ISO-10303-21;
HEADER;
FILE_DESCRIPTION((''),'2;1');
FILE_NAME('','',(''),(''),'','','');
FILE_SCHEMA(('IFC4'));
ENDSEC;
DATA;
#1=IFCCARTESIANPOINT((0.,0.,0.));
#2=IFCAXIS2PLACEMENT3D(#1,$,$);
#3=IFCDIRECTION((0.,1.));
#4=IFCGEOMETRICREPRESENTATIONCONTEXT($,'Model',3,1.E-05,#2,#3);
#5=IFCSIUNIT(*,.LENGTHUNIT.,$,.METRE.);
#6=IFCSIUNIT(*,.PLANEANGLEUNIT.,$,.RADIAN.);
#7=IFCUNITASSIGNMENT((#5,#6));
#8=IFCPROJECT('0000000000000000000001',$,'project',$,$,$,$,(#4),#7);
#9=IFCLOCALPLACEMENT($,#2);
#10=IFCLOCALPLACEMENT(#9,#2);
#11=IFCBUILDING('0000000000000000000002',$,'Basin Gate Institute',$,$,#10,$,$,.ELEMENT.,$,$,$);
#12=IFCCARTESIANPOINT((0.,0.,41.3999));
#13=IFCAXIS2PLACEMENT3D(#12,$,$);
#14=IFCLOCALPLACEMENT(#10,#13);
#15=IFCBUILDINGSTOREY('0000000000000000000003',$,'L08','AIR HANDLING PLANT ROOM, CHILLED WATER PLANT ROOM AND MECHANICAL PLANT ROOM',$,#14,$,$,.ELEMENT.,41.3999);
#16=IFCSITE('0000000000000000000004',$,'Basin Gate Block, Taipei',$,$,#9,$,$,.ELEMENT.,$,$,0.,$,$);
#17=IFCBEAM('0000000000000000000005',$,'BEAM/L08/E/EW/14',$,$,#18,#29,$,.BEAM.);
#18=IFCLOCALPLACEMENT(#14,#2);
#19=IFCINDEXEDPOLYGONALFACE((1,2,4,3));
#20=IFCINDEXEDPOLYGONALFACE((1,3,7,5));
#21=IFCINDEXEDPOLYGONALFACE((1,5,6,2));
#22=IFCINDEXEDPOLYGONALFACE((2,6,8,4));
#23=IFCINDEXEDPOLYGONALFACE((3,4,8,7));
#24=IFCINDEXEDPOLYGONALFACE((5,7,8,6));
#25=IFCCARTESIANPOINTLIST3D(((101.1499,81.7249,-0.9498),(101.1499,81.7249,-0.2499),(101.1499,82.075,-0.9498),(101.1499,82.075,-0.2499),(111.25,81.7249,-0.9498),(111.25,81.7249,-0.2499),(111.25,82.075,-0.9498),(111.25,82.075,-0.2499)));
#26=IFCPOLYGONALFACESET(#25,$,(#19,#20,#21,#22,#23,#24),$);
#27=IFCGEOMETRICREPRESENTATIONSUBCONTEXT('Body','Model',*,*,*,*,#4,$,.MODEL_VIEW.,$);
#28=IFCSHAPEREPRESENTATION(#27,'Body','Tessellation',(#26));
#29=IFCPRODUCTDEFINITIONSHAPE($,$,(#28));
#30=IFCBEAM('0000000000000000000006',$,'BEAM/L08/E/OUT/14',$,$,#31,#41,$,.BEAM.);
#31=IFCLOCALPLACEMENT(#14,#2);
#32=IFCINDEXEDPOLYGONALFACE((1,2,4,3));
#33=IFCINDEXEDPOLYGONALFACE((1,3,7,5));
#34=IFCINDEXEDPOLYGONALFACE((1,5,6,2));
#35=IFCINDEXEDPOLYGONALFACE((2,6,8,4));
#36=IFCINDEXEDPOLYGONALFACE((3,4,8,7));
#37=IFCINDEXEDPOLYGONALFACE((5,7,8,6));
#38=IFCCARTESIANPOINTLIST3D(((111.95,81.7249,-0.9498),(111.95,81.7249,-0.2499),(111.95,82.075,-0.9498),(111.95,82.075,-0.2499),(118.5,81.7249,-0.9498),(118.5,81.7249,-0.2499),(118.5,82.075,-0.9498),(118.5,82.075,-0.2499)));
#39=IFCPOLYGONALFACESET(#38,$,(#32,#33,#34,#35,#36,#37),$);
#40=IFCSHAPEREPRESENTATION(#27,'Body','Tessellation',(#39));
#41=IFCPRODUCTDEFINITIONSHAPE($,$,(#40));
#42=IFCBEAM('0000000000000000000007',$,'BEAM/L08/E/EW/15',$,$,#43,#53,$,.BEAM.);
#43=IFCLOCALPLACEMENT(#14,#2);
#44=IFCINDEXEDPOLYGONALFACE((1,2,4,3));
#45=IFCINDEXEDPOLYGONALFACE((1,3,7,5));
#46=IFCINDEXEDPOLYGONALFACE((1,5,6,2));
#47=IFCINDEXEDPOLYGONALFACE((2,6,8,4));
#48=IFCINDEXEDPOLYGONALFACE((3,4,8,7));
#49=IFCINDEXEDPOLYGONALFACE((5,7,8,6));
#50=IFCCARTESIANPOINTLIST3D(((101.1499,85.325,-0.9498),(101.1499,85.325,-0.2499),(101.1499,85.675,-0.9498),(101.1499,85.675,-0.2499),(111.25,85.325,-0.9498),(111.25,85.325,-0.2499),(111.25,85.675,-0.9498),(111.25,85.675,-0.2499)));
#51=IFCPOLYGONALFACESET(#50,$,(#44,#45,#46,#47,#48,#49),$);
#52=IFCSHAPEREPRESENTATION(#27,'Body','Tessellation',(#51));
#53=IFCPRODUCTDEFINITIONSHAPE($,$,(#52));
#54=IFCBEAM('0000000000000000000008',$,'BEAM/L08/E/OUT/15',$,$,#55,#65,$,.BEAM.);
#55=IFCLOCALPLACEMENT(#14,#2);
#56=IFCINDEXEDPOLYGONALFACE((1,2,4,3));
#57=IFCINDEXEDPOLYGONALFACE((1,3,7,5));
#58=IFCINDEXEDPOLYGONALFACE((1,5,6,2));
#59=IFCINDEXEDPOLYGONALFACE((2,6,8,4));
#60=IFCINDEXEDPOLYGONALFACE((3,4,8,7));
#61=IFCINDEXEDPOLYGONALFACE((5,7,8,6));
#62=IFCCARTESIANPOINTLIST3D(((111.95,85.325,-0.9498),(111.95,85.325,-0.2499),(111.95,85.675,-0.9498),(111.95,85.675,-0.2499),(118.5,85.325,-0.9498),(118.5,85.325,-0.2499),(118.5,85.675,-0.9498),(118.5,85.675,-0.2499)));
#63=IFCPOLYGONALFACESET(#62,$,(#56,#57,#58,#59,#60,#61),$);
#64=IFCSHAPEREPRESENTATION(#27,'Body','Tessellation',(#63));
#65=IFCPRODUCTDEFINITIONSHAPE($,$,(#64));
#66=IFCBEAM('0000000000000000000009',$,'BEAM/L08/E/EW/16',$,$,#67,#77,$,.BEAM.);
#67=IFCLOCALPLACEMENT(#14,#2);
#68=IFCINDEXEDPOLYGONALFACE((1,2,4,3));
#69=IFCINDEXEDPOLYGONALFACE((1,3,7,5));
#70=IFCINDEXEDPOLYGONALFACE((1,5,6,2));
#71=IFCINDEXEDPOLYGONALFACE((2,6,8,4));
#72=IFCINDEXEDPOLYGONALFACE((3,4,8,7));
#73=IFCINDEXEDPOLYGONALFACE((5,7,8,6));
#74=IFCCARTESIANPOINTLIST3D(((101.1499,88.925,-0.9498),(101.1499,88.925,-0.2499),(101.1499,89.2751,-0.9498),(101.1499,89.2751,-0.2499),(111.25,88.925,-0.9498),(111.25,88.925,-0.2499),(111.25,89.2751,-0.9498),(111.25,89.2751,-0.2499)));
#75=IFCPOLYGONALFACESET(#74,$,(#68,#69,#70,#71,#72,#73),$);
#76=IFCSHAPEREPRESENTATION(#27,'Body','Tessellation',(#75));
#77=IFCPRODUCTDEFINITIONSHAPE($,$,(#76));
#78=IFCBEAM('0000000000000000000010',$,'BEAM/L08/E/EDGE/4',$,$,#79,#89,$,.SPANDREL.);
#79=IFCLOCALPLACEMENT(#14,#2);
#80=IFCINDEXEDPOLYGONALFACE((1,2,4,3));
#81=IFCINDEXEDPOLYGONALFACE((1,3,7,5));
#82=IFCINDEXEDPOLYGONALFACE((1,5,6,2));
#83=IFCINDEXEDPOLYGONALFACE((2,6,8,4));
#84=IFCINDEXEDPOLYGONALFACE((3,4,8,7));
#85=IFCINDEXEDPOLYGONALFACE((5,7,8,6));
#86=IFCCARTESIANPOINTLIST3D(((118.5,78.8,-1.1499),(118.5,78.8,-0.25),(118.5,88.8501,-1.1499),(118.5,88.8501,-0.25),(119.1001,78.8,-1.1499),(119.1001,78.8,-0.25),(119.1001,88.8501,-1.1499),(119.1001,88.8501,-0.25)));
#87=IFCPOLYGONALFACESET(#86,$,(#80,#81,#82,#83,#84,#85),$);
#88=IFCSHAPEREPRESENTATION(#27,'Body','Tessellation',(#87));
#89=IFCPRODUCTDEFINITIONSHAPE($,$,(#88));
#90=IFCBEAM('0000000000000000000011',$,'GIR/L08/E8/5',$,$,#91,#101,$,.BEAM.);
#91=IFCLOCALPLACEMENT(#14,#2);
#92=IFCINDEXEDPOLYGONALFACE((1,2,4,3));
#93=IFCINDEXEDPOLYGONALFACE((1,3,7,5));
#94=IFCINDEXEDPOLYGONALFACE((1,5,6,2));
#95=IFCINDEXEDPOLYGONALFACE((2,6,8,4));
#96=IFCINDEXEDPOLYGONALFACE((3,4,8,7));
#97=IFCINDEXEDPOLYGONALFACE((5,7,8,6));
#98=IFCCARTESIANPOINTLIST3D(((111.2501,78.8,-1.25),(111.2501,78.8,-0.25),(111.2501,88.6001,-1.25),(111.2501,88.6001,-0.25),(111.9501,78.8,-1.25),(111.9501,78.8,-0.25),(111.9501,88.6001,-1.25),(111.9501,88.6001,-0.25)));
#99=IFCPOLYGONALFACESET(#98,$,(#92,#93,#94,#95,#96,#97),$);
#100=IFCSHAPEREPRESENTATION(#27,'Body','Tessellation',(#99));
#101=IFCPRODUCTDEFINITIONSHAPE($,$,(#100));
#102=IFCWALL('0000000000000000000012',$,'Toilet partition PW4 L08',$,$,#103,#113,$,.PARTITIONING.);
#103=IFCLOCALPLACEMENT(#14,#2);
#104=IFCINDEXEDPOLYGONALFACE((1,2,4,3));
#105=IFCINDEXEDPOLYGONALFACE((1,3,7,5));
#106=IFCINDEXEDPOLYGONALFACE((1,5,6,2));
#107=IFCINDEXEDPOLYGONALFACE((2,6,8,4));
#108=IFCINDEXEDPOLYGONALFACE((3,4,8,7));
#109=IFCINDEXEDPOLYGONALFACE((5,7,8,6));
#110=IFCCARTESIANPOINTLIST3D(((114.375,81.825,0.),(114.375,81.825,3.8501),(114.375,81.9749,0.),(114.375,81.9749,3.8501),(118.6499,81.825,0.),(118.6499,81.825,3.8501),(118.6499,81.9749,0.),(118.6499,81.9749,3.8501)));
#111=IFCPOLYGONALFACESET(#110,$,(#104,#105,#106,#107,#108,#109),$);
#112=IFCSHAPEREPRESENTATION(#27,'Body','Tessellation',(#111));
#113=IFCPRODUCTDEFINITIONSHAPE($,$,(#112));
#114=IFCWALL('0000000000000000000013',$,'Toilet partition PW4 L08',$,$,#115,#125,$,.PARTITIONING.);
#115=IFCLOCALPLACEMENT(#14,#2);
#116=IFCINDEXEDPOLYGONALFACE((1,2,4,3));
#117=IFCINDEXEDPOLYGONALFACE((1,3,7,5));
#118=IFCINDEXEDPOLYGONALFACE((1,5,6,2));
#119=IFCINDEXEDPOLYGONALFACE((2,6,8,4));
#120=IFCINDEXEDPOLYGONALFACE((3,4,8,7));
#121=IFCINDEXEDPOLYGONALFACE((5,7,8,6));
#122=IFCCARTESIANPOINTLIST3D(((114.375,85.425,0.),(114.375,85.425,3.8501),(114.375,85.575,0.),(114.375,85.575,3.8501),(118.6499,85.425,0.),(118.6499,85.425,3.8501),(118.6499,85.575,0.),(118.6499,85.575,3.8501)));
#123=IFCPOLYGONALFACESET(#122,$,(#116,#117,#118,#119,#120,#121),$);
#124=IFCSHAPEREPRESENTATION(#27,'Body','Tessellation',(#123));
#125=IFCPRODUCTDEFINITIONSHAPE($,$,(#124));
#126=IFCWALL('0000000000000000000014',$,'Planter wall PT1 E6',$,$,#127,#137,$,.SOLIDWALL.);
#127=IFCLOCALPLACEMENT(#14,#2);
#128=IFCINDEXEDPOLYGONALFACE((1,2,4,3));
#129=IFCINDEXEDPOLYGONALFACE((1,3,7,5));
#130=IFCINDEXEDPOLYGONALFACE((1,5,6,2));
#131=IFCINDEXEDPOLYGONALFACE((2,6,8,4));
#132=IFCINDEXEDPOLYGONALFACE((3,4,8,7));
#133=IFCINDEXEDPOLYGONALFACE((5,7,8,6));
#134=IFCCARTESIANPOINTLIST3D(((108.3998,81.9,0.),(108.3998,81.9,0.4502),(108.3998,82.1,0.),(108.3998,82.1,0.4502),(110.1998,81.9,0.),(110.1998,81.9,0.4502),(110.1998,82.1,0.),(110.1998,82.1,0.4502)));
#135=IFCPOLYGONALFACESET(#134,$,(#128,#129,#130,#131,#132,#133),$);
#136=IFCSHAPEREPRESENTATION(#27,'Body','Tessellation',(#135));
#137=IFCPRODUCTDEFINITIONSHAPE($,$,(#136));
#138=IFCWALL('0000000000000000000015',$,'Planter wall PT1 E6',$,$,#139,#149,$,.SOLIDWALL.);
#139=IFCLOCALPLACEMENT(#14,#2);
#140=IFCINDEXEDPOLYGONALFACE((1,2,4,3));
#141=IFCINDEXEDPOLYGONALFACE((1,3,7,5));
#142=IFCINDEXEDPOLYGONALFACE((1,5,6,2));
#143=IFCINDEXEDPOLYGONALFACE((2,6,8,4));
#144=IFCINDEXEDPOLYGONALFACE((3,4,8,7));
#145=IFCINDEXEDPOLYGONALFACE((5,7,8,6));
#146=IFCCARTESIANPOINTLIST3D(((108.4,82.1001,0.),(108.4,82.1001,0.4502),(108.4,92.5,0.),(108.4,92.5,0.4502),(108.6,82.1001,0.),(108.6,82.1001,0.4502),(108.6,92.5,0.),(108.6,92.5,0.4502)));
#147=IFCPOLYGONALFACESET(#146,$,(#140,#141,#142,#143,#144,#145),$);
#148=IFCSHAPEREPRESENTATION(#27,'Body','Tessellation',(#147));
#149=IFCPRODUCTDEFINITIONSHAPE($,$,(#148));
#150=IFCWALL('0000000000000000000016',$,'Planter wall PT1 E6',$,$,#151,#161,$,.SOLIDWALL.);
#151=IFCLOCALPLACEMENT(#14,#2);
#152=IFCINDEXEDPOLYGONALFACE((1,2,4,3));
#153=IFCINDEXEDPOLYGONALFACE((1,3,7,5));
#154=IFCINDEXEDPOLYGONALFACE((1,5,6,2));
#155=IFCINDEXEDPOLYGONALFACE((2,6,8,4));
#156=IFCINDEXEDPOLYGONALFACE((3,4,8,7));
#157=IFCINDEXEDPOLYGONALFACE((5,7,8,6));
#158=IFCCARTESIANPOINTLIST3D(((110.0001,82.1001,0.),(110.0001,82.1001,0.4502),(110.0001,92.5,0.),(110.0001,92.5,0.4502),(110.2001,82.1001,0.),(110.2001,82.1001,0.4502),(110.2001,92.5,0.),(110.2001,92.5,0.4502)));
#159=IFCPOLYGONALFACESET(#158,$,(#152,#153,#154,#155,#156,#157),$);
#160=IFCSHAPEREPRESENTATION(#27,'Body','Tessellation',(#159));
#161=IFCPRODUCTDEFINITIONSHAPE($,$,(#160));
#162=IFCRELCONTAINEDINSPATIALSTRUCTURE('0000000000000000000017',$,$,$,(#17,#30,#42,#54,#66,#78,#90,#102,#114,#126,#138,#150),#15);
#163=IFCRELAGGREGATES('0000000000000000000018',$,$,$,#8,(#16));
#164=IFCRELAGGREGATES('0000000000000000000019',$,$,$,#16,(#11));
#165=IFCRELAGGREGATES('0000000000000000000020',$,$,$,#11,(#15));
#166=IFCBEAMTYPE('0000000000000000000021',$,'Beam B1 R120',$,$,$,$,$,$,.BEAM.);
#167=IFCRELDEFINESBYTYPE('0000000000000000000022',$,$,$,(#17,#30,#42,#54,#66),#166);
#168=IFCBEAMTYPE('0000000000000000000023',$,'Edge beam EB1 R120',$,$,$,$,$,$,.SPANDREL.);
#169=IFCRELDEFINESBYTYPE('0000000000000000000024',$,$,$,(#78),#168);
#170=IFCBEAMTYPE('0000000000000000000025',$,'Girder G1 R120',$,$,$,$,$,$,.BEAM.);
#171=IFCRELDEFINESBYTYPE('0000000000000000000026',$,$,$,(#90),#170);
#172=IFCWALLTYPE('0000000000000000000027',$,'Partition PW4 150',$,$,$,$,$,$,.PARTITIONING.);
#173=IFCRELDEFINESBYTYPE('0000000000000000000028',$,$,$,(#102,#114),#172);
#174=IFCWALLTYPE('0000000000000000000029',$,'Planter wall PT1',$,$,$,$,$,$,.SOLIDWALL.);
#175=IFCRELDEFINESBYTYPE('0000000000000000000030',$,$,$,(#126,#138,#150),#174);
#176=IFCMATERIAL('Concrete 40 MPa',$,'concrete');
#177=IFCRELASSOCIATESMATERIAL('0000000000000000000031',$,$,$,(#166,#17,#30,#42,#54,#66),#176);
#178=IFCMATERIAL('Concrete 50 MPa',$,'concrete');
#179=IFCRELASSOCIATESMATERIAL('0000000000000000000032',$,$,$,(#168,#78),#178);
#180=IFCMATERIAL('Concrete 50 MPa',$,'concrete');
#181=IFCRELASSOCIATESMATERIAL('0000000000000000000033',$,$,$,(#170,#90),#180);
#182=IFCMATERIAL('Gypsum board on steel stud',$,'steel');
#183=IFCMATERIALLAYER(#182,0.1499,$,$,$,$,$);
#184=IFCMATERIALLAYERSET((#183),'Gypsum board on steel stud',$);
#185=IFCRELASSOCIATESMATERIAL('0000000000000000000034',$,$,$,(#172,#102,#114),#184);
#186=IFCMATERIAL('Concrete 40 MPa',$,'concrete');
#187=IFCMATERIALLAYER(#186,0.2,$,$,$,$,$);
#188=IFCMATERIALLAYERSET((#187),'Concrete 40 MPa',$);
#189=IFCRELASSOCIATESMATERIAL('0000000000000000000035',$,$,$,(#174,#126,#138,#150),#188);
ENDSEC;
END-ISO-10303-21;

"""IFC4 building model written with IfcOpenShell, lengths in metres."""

from ifc_helpers import new_model, si_unit, direction, frame, frame_2d, origin, origin_2d, place, context, subcontext, project, spatial, rectangle, extrude, material, layer, layer_set, material_profile, profile_set, type_object, element, save


model = new_model("IFC4")

# Units and contexts
model_context = context("Model", 3, precision=1e-05, world=origin(), true_north=direction((0.0, 1.0)))
body_context = subcontext(model_context, "Body", "Model", "MODEL_VIEW")
ifc_project = project(units=[si_unit("LENGTHUNIT", "METRE"), si_unit("PLANEANGLEUNIT", "RADIAN")], contexts=[model_context])

# Site, building, storey
site_placement = place(None, origin())
site = spatial("IfcSite", under=ifc_project, at=site_placement, Name="Basin Gate Block, Taipei", CompositionType="ELEMENT", RefElevation=0.0)
building_placement = place(site_placement, origin())
building = spatial("IfcBuilding", under=site, at=building_placement, Name="Basin Gate Institute", CompositionType="ELEMENT")
storey_placement = place(building_placement, frame((0.0, 0.0, 41.3999)))
storey = spatial("IfcBuildingStorey", under=building, at=storey_placement, Name="L08", Description="AIR HANDLING PLANT ROOM, CHILLED WATER PLANT ROOM AND MECHANICAL PLANT ROOM", CompositionType="ELEMENT", Elevation=41.3999)

# Beams
ifc_material_1 = material(Name="Concrete 40 MPa", Category="concrete")
ifc_material_profile_1 = material_profile(ifc_material_1, rectangle(XDim=0.3501, YDim=0.7, at=origin_2d()), Name="Beam B1 350 x 700")
ifc_profile_set_1 = profile_set([ifc_material_profile_1], Name="Concrete 40 MPa")
beam_type_1 = type_object("IfcBeamType", Name="Beam B1 R120", PredefinedType="BEAM", material=ifc_profile_set_1)
beam_1_placement = place(storey_placement, frame((111.25, 81.8999, -0.5999), z_axis=(-1.0, 0.0, 0.0), x_axis=(0.0, -1.0, 0.0)))
element("IfcBeam", 1, at=beam_1_placement, inside=storey, type_object=beam_type_1, material=ifc_profile_set_1, Name="BEAM/L08/E/EW/14", PredefinedType="BEAM", context=body_context, shape_type="SweptSolid", body=[
    extrude(rectangle(XDim=0.3501, YDim=0.7, at=origin_2d()), origin(), (0.0, 0.0, 1.0), 10.1001),
])
beam_2_placement = place(storey_placement, frame((118.5, 81.8999, -0.5999), z_axis=(-1.0, 0.0, 0.0), x_axis=(0.0, -1.0, 0.0)))
element("IfcBeam", 2, at=beam_2_placement, inside=storey, type_object=beam_type_1, material=ifc_profile_set_1, Name="BEAM/L08/E/OUT/14", PredefinedType="BEAM", context=body_context, shape_type="SweptSolid", body=[
    extrude(rectangle(XDim=0.3501, YDim=0.7, at=origin_2d()), origin(), (0.0, 0.0, 1.0), 6.55),
])
beam_3_placement = place(storey_placement, frame((111.25, 85.5, -0.5999), z_axis=(-1.0, 0.0, 0.0), x_axis=(0.0, -1.0, 0.0)))
element("IfcBeam", 3, at=beam_3_placement, inside=storey, type_object=beam_type_1, material=ifc_profile_set_1, Name="BEAM/L08/E/EW/15", PredefinedType="BEAM", context=body_context, shape_type="SweptSolid", body=[
    extrude(rectangle(XDim=0.3501, YDim=0.7, at=origin_2d()), origin(), (0.0, 0.0, 1.0), 10.1001),
])
beam_4_placement = place(storey_placement, frame((118.5, 85.5, -0.5999), z_axis=(-1.0, 0.0, 0.0), x_axis=(0.0, -1.0, 0.0)))
element("IfcBeam", 4, at=beam_4_placement, inside=storey, type_object=beam_type_1, material=ifc_profile_set_1, Name="BEAM/L08/E/OUT/15", PredefinedType="BEAM", context=body_context, shape_type="SweptSolid", body=[
    extrude(rectangle(XDim=0.3501, YDim=0.7, at=origin_2d()), origin(), (0.0, 0.0, 1.0), 6.55),
])
beam_5_placement = place(storey_placement, frame((111.25, 89.1001, -0.5999), z_axis=(-1.0, 0.0, 0.0), x_axis=(0.0, -1.0, 0.0)))
element("IfcBeam", 5, at=beam_5_placement, inside=storey, type_object=beam_type_1, material=ifc_profile_set_1, Name="BEAM/L08/E/EW/16", PredefinedType="BEAM", context=body_context, shape_type="SweptSolid", body=[
    extrude(rectangle(XDim=0.3501, YDim=0.7, at=origin_2d()), origin(), (0.0, 0.0, 1.0), 10.1001),
])
ifc_material_2 = material(Name="Concrete 50 MPa", Category="concrete")
ifc_material_profile_2 = material_profile(ifc_material_2, rectangle(XDim=0.6001, YDim=0.8999, at=origin_2d()), Name="Edge beam EB1 600 x 900")
ifc_profile_set_2 = profile_set([ifc_material_profile_2], Name="Concrete 50 MPa")
beam_type_2 = type_object("IfcBeamType", Name="Edge beam EB1 R120", PredefinedType="SPANDREL", material=ifc_profile_set_2)
beam_6_placement = place(storey_placement, frame((118.8, 78.8, -0.7), z_axis=(0.0, 1.0, 0.0), x_axis=(-1.0, 0.0, 0.0)))
element("IfcBeam", 6, at=beam_6_placement, inside=storey, type_object=beam_type_2, material=ifc_profile_set_2, Name="BEAM/L08/E/EDGE/4", PredefinedType="SPANDREL", context=body_context, shape_type="SweptSolid", body=[
    extrude(rectangle(XDim=0.6001, YDim=0.8999, at=origin_2d()), origin(), (0.0, 0.0, 1.0), 10.05),
])
ifc_material_3 = material(Name="Concrete 50 MPa", Category="concrete")
ifc_material_profile_3 = material_profile(ifc_material_3, rectangle(XDim=0.7, YDim=1.0, at=origin_2d()), Name="Girder G1 700 x 1000")
ifc_profile_set_3 = profile_set([ifc_material_profile_3], Name="Concrete 50 MPa")
beam_type_3 = type_object("IfcBeamType", Name="Girder G1 R120", PredefinedType="BEAM", material=ifc_profile_set_3)
beam_7_placement = place(storey_placement, frame((111.6001, 78.8, -0.75), z_axis=(0.0, 1.0, 0.0), x_axis=(-1.0, 0.0, 0.0)))
element("IfcBeam", 7, at=beam_7_placement, inside=storey, type_object=beam_type_3, material=ifc_profile_set_3, Name="GIR/L08/E8/5", PredefinedType="BEAM", context=body_context, shape_type="SweptSolid", body=[
    extrude(rectangle(XDim=0.7, YDim=1.0, at=origin_2d()), origin(), (0.0, 0.0, 1.0), 9.8),
])

# Walls
ifc_material_4 = material(Name="Gypsum board on steel stud", Category="steel")
ifc_layer_1 = layer(ifc_material_4, 0.1499)
ifc_layer_set_1 = layer_set([ifc_layer_1], Name="Gypsum board on steel stud")
wall_type_1 = type_object("IfcWallType", Name="Partition PW4 150", PredefinedType="PARTITIONING", material=ifc_layer_set_1)
for number, where, z_axis, x_axis, name in (
    (8, (118.6499, 81.8999, 0.0), (0.0, 0.0, 1.0), (-1.0, 0.0, 0.0), "Toilet partition PW4 L08"),
    (9, (118.6499, 85.5, 0.0), (0.0, 0.0, 1.0), (-1.0, 0.0, 0.0), "Toilet partition PW4 L08"),
):
    element("IfcWall", number, at=place(storey_placement, frame(where, z_axis=z_axis, x_axis=x_axis)), inside=storey, type_object=wall_type_1, material=ifc_layer_set_1, Name=name, PredefinedType="PARTITIONING", context=body_context, shape_type="SweptSolid", body=[
        extrude(rectangle(XDim=4.2749, YDim=0.1499, at=frame_2d((2.1375, 0.0))), origin(), (0.0, 0.0, 1.0), 3.8501),
    ])
ifc_material_5 = material(Name="Concrete 40 MPa", Category="concrete")
ifc_layer_2 = layer(ifc_material_5, 0.2)
ifc_layer_set_2 = layer_set([ifc_layer_2], Name="Concrete 40 MPa")
wall_type_2 = type_object("IfcWallType", Name="Planter wall PT1", PredefinedType="SOLIDWALL", material=ifc_layer_set_2)
wall_1_placement = place(storey_placement, frame((108.3999, 82.0, 0.0), z_axis=(0.0, 0.0, 1.0), x_axis=(1.0, 0.0, 0.0)))
element("IfcWall", 10, at=wall_1_placement, inside=storey, type_object=wall_type_2, material=ifc_layer_set_2, Name="Planter wall PT1 E6", PredefinedType="SOLIDWALL", context=body_context, shape_type="SweptSolid", body=[
    extrude(rectangle(XDim=1.8, YDim=0.2, at=frame_2d((0.8999, 0.0))), origin(), (0.0, 0.0, 1.0), 0.4502),
])
for number, where, z_axis, x_axis, name in (
    (11, (108.5, 82.1001, 0.0), (0.0, 0.0, 1.0), (0.0, 1.0, 0.0), "Planter wall PT1 E6"),
    (12, (110.1001, 82.1001, 0.0), (0.0, 0.0, 1.0), (0.0, 1.0, 0.0), "Planter wall PT1 E6"),
):
    element("IfcWall", number, at=place(storey_placement, frame(where, z_axis=z_axis, x_axis=x_axis)), inside=storey, type_object=wall_type_2, material=ifc_layer_set_2, Name=name, PredefinedType="SOLIDWALL", context=body_context, shape_type="SweptSolid", body=[
        extrude(rectangle(XDim=10.3999, YDim=0.2, at=frame_2d((5.2, 0.0))), origin(), (0.0, 0.0, 1.0), 0.4502),
    ])

save(model, "model.ifc")
